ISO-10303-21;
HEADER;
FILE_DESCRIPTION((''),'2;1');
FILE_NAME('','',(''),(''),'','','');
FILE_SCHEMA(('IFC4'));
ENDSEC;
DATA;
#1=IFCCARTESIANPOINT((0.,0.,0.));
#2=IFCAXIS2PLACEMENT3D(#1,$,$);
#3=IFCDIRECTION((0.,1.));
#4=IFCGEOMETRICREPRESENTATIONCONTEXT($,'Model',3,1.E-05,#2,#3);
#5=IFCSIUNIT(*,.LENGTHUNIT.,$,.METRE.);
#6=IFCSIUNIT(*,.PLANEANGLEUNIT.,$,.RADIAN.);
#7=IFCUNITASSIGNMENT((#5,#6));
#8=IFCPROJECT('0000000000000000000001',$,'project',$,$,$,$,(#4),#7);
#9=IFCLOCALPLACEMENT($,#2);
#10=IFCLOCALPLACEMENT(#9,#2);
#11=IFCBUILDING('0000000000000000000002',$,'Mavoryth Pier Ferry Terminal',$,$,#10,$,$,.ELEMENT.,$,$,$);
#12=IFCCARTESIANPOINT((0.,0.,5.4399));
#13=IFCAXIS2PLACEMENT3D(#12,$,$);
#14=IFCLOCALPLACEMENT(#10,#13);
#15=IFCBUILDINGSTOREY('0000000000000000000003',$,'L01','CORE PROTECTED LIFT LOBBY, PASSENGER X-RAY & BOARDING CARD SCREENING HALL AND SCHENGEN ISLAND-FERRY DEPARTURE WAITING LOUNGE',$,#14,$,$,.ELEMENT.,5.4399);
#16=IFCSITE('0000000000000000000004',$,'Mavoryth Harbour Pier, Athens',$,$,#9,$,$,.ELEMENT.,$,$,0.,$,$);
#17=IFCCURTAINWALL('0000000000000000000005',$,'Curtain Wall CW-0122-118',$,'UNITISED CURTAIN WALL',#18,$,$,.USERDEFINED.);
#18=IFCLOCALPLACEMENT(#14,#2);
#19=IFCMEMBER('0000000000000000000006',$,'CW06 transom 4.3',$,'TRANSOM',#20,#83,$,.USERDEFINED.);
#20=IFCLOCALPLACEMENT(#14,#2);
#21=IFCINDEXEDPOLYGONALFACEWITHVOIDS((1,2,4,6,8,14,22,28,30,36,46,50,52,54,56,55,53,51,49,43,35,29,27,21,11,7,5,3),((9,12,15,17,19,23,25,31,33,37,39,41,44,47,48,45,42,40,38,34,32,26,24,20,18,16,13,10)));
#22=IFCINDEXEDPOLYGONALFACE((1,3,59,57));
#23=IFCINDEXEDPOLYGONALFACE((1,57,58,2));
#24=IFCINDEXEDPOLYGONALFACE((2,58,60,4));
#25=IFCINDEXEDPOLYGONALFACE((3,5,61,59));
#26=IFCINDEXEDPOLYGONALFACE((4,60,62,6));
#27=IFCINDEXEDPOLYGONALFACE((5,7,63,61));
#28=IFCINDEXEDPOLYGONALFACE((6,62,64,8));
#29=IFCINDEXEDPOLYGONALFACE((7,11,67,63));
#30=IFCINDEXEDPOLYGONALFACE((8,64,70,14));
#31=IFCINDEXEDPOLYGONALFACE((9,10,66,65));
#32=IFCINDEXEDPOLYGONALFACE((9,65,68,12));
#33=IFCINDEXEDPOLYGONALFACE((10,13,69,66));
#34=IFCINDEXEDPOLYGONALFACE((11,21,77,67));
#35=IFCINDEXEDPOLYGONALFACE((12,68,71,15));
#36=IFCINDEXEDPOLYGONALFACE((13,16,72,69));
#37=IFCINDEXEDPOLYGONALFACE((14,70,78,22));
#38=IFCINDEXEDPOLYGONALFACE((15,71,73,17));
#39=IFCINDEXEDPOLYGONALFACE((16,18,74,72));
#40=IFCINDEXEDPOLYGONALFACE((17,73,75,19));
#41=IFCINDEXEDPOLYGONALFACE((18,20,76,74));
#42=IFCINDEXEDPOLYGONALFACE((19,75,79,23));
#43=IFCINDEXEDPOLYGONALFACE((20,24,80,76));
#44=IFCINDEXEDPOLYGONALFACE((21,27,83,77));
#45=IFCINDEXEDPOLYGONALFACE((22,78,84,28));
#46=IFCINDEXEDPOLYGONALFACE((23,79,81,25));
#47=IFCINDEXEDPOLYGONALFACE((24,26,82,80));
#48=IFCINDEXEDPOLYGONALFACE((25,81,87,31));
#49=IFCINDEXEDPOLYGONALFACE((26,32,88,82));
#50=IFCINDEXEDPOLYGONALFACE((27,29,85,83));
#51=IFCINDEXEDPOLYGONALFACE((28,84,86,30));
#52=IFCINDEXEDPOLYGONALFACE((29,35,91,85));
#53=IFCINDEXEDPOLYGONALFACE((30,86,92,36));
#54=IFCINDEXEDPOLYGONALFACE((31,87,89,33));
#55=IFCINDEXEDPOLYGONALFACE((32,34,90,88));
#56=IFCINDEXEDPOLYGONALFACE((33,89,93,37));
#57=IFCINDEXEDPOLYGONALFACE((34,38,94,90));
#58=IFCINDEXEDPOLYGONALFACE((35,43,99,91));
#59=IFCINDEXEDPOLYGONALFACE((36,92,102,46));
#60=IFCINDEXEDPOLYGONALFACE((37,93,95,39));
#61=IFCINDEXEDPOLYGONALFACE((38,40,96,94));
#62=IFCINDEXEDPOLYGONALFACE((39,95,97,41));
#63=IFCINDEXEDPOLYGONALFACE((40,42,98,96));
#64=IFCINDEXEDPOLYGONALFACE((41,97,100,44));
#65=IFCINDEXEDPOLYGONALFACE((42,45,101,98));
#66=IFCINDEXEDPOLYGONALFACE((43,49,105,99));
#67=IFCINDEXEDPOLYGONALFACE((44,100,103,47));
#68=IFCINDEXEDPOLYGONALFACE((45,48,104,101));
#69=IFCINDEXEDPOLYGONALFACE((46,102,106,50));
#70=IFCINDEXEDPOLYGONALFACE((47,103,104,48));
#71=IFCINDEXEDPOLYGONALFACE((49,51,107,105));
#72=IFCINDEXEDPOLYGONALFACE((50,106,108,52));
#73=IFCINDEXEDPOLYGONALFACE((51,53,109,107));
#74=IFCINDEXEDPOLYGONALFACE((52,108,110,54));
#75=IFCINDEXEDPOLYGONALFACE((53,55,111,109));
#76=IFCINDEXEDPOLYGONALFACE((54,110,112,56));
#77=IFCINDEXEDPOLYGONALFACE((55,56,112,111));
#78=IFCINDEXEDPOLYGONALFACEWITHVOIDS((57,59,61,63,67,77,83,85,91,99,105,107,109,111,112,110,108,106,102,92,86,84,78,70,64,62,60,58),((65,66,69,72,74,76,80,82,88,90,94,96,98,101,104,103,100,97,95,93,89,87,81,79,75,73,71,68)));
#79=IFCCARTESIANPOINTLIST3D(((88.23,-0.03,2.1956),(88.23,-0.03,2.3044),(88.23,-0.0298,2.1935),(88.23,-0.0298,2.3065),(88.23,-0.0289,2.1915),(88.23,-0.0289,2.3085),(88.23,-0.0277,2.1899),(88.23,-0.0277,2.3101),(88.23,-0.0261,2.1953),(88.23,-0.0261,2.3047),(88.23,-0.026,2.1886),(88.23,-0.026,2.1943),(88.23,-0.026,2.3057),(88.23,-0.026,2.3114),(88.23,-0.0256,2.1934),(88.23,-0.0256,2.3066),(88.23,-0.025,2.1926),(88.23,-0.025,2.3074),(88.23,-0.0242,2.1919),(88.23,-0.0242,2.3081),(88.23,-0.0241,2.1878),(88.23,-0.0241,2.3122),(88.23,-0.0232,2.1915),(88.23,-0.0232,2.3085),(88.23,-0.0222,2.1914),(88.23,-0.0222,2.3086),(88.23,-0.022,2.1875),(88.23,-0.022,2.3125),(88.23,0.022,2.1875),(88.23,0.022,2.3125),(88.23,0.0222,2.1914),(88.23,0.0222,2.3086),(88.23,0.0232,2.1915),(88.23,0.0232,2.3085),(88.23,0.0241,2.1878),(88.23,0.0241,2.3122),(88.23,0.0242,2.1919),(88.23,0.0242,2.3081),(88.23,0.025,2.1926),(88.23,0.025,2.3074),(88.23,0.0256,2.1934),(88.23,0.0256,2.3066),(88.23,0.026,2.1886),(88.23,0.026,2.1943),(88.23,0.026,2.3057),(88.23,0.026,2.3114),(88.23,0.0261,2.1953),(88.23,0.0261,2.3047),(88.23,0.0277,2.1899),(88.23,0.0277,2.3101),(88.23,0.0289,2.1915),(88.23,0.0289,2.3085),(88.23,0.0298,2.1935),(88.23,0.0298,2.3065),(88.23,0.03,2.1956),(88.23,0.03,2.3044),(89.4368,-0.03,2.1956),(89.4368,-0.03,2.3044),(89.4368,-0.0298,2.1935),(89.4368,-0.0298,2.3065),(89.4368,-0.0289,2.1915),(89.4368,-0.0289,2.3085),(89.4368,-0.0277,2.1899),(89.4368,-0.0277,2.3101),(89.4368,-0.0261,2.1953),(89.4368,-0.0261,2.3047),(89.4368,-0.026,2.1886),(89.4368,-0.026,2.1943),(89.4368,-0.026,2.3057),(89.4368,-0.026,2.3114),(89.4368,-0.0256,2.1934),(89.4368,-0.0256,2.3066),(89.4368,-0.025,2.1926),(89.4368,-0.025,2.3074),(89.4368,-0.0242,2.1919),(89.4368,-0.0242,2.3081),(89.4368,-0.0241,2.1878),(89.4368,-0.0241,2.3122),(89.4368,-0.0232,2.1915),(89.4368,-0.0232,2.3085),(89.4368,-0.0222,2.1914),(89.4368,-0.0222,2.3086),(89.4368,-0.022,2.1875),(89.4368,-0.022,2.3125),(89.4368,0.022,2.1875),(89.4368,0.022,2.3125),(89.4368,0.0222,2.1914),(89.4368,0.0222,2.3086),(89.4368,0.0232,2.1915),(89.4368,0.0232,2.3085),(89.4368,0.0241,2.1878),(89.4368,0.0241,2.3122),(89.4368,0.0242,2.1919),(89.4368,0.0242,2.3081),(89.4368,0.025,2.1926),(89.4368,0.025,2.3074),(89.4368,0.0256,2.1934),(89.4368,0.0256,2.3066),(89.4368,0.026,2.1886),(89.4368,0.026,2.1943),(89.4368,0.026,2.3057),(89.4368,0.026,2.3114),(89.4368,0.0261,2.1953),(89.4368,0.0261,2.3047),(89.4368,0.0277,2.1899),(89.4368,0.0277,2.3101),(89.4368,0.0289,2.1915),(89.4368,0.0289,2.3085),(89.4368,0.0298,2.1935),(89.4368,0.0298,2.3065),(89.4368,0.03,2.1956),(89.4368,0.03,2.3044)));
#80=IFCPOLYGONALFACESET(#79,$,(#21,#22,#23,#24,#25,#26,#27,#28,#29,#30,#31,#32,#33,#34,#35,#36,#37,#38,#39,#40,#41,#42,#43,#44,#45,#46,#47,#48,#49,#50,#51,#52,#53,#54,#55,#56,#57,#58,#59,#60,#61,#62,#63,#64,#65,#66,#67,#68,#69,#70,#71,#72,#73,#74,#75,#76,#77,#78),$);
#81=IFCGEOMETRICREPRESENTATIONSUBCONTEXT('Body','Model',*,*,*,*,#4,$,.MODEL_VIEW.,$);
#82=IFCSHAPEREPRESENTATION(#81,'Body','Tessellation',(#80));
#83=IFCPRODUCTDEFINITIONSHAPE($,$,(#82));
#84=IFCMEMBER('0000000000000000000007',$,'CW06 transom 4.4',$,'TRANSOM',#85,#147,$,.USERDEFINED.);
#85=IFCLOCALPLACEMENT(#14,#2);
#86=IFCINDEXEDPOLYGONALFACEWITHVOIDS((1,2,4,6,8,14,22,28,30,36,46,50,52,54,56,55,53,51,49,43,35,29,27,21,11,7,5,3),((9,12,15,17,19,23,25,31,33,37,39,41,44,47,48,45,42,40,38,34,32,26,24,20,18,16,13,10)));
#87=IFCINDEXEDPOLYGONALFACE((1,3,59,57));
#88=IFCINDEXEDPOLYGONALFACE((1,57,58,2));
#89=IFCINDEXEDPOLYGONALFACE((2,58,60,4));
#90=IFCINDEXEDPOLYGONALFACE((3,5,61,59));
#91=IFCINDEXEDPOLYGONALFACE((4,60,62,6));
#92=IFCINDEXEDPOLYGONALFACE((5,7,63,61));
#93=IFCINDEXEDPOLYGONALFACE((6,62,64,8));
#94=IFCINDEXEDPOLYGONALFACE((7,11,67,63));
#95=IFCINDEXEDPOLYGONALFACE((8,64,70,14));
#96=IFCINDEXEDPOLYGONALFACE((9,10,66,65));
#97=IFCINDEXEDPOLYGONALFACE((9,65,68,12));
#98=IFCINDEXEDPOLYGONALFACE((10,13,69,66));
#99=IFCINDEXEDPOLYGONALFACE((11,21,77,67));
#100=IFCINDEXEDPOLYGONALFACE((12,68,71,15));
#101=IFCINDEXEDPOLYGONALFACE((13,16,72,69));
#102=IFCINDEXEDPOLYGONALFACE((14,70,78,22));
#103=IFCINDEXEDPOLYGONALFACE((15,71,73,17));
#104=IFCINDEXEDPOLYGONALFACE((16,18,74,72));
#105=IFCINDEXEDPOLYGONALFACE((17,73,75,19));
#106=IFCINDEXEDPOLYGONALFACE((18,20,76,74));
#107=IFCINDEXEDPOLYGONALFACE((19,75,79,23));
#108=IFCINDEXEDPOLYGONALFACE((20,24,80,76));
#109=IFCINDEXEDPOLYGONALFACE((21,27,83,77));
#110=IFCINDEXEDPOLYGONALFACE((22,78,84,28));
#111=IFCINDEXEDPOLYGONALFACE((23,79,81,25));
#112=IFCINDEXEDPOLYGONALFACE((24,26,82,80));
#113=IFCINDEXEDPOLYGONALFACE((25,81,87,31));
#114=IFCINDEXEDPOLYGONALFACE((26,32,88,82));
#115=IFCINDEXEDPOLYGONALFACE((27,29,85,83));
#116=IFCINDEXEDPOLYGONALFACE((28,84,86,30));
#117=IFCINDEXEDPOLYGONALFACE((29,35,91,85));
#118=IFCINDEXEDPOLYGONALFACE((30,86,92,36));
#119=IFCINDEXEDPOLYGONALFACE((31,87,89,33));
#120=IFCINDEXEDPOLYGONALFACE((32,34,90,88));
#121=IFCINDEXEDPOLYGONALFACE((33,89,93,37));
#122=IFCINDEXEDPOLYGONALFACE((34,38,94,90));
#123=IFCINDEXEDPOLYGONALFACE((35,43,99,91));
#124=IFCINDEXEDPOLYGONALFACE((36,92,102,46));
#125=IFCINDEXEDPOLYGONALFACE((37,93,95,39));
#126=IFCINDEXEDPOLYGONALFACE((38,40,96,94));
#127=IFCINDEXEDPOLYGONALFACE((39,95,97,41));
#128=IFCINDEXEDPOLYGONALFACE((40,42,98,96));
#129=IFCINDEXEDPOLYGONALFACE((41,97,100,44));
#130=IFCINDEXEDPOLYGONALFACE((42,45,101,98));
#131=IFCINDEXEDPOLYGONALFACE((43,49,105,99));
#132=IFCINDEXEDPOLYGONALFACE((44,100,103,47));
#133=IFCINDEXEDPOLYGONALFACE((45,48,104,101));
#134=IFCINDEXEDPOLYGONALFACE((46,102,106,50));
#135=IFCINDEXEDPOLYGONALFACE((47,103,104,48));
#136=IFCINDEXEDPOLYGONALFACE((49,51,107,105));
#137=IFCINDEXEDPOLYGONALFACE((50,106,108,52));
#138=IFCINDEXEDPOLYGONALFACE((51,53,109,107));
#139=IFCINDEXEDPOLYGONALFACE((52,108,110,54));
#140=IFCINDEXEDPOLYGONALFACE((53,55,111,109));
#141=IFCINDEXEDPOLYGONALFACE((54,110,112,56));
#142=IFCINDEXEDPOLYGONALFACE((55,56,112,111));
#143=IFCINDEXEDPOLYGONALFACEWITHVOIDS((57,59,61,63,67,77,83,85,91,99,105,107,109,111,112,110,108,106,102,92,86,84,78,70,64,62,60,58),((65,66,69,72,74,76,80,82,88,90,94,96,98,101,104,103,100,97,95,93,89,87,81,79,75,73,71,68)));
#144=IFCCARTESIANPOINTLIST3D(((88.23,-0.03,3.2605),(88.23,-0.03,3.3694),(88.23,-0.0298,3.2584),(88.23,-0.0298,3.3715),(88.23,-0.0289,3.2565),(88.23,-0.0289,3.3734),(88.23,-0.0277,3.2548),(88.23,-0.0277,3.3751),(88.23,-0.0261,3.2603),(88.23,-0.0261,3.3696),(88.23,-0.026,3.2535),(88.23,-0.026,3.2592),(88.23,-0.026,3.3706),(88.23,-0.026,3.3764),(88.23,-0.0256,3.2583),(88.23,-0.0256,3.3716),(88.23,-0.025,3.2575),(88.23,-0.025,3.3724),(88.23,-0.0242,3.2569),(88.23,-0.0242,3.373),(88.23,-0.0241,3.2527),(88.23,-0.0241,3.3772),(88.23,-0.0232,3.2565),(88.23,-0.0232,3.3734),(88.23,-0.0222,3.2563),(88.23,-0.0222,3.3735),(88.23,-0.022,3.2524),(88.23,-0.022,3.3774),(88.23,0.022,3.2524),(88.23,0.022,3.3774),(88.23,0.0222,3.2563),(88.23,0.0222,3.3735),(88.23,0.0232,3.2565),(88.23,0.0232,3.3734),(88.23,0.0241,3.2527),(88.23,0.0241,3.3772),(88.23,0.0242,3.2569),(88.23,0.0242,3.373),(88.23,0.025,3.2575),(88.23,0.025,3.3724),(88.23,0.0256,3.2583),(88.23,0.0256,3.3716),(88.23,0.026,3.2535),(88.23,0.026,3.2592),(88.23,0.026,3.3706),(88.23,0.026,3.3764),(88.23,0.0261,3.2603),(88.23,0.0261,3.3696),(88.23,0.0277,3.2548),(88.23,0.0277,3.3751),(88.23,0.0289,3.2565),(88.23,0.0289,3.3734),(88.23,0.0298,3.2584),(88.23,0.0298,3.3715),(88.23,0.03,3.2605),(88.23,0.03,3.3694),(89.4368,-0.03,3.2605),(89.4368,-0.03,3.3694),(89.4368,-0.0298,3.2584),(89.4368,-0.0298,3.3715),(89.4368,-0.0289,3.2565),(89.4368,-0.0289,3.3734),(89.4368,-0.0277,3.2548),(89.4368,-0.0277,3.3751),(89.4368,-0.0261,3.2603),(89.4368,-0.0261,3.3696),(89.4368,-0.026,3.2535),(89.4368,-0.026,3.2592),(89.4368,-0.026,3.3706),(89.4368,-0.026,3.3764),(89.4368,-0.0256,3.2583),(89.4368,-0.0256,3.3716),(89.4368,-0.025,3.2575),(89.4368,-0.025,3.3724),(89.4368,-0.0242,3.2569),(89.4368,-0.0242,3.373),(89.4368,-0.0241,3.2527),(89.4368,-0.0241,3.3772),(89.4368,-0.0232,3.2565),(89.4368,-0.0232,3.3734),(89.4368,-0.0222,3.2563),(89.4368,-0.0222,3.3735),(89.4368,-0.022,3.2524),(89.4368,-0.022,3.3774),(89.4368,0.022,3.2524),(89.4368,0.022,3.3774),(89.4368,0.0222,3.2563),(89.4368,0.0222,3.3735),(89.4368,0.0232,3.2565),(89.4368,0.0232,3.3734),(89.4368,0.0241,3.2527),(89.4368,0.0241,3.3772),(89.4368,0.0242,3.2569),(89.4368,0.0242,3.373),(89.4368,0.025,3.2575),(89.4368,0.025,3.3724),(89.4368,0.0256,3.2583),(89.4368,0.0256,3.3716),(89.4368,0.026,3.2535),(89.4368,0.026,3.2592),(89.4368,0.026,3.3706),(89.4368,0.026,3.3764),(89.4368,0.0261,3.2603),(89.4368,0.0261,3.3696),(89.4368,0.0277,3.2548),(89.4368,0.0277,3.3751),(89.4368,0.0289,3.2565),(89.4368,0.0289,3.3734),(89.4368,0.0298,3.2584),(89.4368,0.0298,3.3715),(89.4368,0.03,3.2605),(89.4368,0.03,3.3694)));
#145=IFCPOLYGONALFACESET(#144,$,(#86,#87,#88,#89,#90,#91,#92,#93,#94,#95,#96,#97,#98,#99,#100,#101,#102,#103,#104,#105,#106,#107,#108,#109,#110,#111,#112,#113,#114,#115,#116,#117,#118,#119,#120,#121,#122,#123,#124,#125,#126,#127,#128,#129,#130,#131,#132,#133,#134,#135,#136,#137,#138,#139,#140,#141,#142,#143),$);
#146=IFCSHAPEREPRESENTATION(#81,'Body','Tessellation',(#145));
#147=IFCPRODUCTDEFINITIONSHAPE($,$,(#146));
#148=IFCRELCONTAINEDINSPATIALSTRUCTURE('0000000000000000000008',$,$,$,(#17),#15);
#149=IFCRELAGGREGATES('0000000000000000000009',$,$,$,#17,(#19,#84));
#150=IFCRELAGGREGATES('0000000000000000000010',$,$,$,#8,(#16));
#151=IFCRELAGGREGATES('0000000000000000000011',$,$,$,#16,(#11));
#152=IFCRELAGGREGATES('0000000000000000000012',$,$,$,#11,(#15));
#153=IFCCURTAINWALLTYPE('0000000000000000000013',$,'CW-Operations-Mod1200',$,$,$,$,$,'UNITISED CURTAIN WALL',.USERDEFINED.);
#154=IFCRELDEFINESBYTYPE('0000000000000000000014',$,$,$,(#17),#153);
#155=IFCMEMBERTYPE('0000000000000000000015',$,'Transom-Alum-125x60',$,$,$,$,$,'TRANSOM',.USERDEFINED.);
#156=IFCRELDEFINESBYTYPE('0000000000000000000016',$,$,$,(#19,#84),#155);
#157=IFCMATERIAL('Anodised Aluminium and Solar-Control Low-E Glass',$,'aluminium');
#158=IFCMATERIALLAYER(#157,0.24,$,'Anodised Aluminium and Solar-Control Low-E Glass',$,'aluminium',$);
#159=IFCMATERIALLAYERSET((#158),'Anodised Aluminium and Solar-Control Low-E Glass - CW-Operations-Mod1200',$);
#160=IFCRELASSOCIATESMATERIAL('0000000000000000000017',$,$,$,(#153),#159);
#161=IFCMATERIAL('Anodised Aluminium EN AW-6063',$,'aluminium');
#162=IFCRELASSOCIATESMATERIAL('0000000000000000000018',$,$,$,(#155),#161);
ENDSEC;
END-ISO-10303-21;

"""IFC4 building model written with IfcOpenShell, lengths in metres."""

from ifc_helpers import new_model, si_unit, direction, frame, origin, origin_2d, place, context, subcontext, project, spatial, hollow_rectangle, extrude, material, layer, layer_set, material_profile, profile_set, type_object, element, aggregate, save


model = new_model("IFC4")

# Units and contexts
model_context = context("Model", 3, precision=1e-05, world=origin(), true_north=direction((0.0, 1.0)))
body_context = subcontext(model_context, "Body", "Model", "MODEL_VIEW")
ifc_project = project(units=[si_unit("LENGTHUNIT", "METRE"), si_unit("PLANEANGLEUNIT", "RADIAN")], contexts=[model_context])

# Site, building, storey
site_placement = place(None, origin())
site = spatial("IfcSite", under=ifc_project, at=site_placement, Name="Mavoryth Harbour Pier, Athens", CompositionType="ELEMENT", RefElevation=0.0)
building_placement = place(site_placement, origin())
building = spatial("IfcBuilding", under=site, at=building_placement, Name="Mavoryth Pier Ferry Terminal", CompositionType="ELEMENT")
storey_placement = place(building_placement, frame((0.0, 0.0, 5.4399)))
storey = spatial("IfcBuildingStorey", under=building, at=storey_placement, Name="L01", Description="CORE PROTECTED LIFT LOBBY, PASSENGER X-RAY & BOARDING CARD SCREENING HALL AND SCHENGEN ISLAND-FERRY DEPARTURE WAITING LOUNGE", CompositionType="ELEMENT", Elevation=5.4399)

# Curtain wall
ifc_material_1 = material(Name="Anodised Aluminium and Solar-Control Low-E Glass", Category="aluminium")
ifc_layer_1 = layer(ifc_material_1, 0.24, Name="Anodised Aluminium and Solar-Control Low-E Glass", Category="aluminium")
ifc_layer_set_1 = layer_set([ifc_layer_1], Name="Anodised Aluminium and Solar-Control Low-E Glass - CW-Operations-Mod1200")
curtain_wall_type = type_object("IfcCurtainWallType", Name="CW-Operations-Mod1200", ElementType="UNITISED CURTAIN WALL", PredefinedType="USERDEFINED", material=ifc_layer_set_1)
curtain_wall_1_placement = place(storey_placement, origin())
curtain_wall_1 = element("IfcCurtainWall", 1, at=curtain_wall_1_placement, inside=storey, type_object=curtain_wall_type, Name="Curtain Wall CW-0122-118", ObjectType="UNITISED CURTAIN WALL", PredefinedType="USERDEFINED")
ifc_material_2 = material(Name="Anodised Aluminium EN AW-6063", Category="aluminium")

# Members
ifc_material_profile_1 = material_profile(ifc_material_2, hollow_rectangle(XDim=0.0601, YDim=0.125, WallThickness=0.0039, InnerFilletRadius=0.0039, OuterFilletRadius=0.0081, at=origin_2d()), Name="AL-TRAN 125x60x4", Category="aluminium")
ifc_profile_set_1 = profile_set([ifc_material_profile_1], Name="Anodised Aluminium EN AW-6063 - AL-TRAN 125x60x4")
member_type_1 = type_object("IfcMemberType", Name="Transom-Alum-125x60", ElementType="TRANSOM", PredefinedType="USERDEFINED", material=ifc_profile_set_1)
member_1_placement = place(storey_placement, frame((88.23, 0.0, 2.25), z_axis=(1.0, 0.0, 0.0), x_axis=(0.0, 1.0, 0.0)))
member_1 = element("IfcMember", 2, at=member_1_placement, type_object=member_type_1, Name="CW06 transom 4.3", ObjectType="TRANSOM", PredefinedType="USERDEFINED", context=body_context, shape_type="SweptSolid", body=[
    extrude(hollow_rectangle(XDim=0.0601, YDim=0.125, WallThickness=0.0039, InnerFilletRadius=0.0039, OuterFilletRadius=0.0081, at=origin_2d()), origin(), (0.0, 0.0, 1.0), 1.2068),
])
member_2_placement = place(storey_placement, frame((88.23, 0.0, 3.3149), z_axis=(1.0, 0.0, 0.0), x_axis=(0.0, 1.0, 0.0)))
member_2 = element("IfcMember", 3, at=member_2_placement, type_object=member_type_1, Name="CW06 transom 4.4", ObjectType="TRANSOM", PredefinedType="USERDEFINED", context=body_context, shape_type="SweptSolid", body=[
    extrude(hollow_rectangle(XDim=0.0601, YDim=0.125, WallThickness=0.0039, InnerFilletRadius=0.0039, OuterFilletRadius=0.0081, at=origin_2d()), origin(), (0.0, 0.0, 1.0), 1.2068),
])

aggregate(curtain_wall_1, [member_1, member_2])

save(model, "model.ifc")
